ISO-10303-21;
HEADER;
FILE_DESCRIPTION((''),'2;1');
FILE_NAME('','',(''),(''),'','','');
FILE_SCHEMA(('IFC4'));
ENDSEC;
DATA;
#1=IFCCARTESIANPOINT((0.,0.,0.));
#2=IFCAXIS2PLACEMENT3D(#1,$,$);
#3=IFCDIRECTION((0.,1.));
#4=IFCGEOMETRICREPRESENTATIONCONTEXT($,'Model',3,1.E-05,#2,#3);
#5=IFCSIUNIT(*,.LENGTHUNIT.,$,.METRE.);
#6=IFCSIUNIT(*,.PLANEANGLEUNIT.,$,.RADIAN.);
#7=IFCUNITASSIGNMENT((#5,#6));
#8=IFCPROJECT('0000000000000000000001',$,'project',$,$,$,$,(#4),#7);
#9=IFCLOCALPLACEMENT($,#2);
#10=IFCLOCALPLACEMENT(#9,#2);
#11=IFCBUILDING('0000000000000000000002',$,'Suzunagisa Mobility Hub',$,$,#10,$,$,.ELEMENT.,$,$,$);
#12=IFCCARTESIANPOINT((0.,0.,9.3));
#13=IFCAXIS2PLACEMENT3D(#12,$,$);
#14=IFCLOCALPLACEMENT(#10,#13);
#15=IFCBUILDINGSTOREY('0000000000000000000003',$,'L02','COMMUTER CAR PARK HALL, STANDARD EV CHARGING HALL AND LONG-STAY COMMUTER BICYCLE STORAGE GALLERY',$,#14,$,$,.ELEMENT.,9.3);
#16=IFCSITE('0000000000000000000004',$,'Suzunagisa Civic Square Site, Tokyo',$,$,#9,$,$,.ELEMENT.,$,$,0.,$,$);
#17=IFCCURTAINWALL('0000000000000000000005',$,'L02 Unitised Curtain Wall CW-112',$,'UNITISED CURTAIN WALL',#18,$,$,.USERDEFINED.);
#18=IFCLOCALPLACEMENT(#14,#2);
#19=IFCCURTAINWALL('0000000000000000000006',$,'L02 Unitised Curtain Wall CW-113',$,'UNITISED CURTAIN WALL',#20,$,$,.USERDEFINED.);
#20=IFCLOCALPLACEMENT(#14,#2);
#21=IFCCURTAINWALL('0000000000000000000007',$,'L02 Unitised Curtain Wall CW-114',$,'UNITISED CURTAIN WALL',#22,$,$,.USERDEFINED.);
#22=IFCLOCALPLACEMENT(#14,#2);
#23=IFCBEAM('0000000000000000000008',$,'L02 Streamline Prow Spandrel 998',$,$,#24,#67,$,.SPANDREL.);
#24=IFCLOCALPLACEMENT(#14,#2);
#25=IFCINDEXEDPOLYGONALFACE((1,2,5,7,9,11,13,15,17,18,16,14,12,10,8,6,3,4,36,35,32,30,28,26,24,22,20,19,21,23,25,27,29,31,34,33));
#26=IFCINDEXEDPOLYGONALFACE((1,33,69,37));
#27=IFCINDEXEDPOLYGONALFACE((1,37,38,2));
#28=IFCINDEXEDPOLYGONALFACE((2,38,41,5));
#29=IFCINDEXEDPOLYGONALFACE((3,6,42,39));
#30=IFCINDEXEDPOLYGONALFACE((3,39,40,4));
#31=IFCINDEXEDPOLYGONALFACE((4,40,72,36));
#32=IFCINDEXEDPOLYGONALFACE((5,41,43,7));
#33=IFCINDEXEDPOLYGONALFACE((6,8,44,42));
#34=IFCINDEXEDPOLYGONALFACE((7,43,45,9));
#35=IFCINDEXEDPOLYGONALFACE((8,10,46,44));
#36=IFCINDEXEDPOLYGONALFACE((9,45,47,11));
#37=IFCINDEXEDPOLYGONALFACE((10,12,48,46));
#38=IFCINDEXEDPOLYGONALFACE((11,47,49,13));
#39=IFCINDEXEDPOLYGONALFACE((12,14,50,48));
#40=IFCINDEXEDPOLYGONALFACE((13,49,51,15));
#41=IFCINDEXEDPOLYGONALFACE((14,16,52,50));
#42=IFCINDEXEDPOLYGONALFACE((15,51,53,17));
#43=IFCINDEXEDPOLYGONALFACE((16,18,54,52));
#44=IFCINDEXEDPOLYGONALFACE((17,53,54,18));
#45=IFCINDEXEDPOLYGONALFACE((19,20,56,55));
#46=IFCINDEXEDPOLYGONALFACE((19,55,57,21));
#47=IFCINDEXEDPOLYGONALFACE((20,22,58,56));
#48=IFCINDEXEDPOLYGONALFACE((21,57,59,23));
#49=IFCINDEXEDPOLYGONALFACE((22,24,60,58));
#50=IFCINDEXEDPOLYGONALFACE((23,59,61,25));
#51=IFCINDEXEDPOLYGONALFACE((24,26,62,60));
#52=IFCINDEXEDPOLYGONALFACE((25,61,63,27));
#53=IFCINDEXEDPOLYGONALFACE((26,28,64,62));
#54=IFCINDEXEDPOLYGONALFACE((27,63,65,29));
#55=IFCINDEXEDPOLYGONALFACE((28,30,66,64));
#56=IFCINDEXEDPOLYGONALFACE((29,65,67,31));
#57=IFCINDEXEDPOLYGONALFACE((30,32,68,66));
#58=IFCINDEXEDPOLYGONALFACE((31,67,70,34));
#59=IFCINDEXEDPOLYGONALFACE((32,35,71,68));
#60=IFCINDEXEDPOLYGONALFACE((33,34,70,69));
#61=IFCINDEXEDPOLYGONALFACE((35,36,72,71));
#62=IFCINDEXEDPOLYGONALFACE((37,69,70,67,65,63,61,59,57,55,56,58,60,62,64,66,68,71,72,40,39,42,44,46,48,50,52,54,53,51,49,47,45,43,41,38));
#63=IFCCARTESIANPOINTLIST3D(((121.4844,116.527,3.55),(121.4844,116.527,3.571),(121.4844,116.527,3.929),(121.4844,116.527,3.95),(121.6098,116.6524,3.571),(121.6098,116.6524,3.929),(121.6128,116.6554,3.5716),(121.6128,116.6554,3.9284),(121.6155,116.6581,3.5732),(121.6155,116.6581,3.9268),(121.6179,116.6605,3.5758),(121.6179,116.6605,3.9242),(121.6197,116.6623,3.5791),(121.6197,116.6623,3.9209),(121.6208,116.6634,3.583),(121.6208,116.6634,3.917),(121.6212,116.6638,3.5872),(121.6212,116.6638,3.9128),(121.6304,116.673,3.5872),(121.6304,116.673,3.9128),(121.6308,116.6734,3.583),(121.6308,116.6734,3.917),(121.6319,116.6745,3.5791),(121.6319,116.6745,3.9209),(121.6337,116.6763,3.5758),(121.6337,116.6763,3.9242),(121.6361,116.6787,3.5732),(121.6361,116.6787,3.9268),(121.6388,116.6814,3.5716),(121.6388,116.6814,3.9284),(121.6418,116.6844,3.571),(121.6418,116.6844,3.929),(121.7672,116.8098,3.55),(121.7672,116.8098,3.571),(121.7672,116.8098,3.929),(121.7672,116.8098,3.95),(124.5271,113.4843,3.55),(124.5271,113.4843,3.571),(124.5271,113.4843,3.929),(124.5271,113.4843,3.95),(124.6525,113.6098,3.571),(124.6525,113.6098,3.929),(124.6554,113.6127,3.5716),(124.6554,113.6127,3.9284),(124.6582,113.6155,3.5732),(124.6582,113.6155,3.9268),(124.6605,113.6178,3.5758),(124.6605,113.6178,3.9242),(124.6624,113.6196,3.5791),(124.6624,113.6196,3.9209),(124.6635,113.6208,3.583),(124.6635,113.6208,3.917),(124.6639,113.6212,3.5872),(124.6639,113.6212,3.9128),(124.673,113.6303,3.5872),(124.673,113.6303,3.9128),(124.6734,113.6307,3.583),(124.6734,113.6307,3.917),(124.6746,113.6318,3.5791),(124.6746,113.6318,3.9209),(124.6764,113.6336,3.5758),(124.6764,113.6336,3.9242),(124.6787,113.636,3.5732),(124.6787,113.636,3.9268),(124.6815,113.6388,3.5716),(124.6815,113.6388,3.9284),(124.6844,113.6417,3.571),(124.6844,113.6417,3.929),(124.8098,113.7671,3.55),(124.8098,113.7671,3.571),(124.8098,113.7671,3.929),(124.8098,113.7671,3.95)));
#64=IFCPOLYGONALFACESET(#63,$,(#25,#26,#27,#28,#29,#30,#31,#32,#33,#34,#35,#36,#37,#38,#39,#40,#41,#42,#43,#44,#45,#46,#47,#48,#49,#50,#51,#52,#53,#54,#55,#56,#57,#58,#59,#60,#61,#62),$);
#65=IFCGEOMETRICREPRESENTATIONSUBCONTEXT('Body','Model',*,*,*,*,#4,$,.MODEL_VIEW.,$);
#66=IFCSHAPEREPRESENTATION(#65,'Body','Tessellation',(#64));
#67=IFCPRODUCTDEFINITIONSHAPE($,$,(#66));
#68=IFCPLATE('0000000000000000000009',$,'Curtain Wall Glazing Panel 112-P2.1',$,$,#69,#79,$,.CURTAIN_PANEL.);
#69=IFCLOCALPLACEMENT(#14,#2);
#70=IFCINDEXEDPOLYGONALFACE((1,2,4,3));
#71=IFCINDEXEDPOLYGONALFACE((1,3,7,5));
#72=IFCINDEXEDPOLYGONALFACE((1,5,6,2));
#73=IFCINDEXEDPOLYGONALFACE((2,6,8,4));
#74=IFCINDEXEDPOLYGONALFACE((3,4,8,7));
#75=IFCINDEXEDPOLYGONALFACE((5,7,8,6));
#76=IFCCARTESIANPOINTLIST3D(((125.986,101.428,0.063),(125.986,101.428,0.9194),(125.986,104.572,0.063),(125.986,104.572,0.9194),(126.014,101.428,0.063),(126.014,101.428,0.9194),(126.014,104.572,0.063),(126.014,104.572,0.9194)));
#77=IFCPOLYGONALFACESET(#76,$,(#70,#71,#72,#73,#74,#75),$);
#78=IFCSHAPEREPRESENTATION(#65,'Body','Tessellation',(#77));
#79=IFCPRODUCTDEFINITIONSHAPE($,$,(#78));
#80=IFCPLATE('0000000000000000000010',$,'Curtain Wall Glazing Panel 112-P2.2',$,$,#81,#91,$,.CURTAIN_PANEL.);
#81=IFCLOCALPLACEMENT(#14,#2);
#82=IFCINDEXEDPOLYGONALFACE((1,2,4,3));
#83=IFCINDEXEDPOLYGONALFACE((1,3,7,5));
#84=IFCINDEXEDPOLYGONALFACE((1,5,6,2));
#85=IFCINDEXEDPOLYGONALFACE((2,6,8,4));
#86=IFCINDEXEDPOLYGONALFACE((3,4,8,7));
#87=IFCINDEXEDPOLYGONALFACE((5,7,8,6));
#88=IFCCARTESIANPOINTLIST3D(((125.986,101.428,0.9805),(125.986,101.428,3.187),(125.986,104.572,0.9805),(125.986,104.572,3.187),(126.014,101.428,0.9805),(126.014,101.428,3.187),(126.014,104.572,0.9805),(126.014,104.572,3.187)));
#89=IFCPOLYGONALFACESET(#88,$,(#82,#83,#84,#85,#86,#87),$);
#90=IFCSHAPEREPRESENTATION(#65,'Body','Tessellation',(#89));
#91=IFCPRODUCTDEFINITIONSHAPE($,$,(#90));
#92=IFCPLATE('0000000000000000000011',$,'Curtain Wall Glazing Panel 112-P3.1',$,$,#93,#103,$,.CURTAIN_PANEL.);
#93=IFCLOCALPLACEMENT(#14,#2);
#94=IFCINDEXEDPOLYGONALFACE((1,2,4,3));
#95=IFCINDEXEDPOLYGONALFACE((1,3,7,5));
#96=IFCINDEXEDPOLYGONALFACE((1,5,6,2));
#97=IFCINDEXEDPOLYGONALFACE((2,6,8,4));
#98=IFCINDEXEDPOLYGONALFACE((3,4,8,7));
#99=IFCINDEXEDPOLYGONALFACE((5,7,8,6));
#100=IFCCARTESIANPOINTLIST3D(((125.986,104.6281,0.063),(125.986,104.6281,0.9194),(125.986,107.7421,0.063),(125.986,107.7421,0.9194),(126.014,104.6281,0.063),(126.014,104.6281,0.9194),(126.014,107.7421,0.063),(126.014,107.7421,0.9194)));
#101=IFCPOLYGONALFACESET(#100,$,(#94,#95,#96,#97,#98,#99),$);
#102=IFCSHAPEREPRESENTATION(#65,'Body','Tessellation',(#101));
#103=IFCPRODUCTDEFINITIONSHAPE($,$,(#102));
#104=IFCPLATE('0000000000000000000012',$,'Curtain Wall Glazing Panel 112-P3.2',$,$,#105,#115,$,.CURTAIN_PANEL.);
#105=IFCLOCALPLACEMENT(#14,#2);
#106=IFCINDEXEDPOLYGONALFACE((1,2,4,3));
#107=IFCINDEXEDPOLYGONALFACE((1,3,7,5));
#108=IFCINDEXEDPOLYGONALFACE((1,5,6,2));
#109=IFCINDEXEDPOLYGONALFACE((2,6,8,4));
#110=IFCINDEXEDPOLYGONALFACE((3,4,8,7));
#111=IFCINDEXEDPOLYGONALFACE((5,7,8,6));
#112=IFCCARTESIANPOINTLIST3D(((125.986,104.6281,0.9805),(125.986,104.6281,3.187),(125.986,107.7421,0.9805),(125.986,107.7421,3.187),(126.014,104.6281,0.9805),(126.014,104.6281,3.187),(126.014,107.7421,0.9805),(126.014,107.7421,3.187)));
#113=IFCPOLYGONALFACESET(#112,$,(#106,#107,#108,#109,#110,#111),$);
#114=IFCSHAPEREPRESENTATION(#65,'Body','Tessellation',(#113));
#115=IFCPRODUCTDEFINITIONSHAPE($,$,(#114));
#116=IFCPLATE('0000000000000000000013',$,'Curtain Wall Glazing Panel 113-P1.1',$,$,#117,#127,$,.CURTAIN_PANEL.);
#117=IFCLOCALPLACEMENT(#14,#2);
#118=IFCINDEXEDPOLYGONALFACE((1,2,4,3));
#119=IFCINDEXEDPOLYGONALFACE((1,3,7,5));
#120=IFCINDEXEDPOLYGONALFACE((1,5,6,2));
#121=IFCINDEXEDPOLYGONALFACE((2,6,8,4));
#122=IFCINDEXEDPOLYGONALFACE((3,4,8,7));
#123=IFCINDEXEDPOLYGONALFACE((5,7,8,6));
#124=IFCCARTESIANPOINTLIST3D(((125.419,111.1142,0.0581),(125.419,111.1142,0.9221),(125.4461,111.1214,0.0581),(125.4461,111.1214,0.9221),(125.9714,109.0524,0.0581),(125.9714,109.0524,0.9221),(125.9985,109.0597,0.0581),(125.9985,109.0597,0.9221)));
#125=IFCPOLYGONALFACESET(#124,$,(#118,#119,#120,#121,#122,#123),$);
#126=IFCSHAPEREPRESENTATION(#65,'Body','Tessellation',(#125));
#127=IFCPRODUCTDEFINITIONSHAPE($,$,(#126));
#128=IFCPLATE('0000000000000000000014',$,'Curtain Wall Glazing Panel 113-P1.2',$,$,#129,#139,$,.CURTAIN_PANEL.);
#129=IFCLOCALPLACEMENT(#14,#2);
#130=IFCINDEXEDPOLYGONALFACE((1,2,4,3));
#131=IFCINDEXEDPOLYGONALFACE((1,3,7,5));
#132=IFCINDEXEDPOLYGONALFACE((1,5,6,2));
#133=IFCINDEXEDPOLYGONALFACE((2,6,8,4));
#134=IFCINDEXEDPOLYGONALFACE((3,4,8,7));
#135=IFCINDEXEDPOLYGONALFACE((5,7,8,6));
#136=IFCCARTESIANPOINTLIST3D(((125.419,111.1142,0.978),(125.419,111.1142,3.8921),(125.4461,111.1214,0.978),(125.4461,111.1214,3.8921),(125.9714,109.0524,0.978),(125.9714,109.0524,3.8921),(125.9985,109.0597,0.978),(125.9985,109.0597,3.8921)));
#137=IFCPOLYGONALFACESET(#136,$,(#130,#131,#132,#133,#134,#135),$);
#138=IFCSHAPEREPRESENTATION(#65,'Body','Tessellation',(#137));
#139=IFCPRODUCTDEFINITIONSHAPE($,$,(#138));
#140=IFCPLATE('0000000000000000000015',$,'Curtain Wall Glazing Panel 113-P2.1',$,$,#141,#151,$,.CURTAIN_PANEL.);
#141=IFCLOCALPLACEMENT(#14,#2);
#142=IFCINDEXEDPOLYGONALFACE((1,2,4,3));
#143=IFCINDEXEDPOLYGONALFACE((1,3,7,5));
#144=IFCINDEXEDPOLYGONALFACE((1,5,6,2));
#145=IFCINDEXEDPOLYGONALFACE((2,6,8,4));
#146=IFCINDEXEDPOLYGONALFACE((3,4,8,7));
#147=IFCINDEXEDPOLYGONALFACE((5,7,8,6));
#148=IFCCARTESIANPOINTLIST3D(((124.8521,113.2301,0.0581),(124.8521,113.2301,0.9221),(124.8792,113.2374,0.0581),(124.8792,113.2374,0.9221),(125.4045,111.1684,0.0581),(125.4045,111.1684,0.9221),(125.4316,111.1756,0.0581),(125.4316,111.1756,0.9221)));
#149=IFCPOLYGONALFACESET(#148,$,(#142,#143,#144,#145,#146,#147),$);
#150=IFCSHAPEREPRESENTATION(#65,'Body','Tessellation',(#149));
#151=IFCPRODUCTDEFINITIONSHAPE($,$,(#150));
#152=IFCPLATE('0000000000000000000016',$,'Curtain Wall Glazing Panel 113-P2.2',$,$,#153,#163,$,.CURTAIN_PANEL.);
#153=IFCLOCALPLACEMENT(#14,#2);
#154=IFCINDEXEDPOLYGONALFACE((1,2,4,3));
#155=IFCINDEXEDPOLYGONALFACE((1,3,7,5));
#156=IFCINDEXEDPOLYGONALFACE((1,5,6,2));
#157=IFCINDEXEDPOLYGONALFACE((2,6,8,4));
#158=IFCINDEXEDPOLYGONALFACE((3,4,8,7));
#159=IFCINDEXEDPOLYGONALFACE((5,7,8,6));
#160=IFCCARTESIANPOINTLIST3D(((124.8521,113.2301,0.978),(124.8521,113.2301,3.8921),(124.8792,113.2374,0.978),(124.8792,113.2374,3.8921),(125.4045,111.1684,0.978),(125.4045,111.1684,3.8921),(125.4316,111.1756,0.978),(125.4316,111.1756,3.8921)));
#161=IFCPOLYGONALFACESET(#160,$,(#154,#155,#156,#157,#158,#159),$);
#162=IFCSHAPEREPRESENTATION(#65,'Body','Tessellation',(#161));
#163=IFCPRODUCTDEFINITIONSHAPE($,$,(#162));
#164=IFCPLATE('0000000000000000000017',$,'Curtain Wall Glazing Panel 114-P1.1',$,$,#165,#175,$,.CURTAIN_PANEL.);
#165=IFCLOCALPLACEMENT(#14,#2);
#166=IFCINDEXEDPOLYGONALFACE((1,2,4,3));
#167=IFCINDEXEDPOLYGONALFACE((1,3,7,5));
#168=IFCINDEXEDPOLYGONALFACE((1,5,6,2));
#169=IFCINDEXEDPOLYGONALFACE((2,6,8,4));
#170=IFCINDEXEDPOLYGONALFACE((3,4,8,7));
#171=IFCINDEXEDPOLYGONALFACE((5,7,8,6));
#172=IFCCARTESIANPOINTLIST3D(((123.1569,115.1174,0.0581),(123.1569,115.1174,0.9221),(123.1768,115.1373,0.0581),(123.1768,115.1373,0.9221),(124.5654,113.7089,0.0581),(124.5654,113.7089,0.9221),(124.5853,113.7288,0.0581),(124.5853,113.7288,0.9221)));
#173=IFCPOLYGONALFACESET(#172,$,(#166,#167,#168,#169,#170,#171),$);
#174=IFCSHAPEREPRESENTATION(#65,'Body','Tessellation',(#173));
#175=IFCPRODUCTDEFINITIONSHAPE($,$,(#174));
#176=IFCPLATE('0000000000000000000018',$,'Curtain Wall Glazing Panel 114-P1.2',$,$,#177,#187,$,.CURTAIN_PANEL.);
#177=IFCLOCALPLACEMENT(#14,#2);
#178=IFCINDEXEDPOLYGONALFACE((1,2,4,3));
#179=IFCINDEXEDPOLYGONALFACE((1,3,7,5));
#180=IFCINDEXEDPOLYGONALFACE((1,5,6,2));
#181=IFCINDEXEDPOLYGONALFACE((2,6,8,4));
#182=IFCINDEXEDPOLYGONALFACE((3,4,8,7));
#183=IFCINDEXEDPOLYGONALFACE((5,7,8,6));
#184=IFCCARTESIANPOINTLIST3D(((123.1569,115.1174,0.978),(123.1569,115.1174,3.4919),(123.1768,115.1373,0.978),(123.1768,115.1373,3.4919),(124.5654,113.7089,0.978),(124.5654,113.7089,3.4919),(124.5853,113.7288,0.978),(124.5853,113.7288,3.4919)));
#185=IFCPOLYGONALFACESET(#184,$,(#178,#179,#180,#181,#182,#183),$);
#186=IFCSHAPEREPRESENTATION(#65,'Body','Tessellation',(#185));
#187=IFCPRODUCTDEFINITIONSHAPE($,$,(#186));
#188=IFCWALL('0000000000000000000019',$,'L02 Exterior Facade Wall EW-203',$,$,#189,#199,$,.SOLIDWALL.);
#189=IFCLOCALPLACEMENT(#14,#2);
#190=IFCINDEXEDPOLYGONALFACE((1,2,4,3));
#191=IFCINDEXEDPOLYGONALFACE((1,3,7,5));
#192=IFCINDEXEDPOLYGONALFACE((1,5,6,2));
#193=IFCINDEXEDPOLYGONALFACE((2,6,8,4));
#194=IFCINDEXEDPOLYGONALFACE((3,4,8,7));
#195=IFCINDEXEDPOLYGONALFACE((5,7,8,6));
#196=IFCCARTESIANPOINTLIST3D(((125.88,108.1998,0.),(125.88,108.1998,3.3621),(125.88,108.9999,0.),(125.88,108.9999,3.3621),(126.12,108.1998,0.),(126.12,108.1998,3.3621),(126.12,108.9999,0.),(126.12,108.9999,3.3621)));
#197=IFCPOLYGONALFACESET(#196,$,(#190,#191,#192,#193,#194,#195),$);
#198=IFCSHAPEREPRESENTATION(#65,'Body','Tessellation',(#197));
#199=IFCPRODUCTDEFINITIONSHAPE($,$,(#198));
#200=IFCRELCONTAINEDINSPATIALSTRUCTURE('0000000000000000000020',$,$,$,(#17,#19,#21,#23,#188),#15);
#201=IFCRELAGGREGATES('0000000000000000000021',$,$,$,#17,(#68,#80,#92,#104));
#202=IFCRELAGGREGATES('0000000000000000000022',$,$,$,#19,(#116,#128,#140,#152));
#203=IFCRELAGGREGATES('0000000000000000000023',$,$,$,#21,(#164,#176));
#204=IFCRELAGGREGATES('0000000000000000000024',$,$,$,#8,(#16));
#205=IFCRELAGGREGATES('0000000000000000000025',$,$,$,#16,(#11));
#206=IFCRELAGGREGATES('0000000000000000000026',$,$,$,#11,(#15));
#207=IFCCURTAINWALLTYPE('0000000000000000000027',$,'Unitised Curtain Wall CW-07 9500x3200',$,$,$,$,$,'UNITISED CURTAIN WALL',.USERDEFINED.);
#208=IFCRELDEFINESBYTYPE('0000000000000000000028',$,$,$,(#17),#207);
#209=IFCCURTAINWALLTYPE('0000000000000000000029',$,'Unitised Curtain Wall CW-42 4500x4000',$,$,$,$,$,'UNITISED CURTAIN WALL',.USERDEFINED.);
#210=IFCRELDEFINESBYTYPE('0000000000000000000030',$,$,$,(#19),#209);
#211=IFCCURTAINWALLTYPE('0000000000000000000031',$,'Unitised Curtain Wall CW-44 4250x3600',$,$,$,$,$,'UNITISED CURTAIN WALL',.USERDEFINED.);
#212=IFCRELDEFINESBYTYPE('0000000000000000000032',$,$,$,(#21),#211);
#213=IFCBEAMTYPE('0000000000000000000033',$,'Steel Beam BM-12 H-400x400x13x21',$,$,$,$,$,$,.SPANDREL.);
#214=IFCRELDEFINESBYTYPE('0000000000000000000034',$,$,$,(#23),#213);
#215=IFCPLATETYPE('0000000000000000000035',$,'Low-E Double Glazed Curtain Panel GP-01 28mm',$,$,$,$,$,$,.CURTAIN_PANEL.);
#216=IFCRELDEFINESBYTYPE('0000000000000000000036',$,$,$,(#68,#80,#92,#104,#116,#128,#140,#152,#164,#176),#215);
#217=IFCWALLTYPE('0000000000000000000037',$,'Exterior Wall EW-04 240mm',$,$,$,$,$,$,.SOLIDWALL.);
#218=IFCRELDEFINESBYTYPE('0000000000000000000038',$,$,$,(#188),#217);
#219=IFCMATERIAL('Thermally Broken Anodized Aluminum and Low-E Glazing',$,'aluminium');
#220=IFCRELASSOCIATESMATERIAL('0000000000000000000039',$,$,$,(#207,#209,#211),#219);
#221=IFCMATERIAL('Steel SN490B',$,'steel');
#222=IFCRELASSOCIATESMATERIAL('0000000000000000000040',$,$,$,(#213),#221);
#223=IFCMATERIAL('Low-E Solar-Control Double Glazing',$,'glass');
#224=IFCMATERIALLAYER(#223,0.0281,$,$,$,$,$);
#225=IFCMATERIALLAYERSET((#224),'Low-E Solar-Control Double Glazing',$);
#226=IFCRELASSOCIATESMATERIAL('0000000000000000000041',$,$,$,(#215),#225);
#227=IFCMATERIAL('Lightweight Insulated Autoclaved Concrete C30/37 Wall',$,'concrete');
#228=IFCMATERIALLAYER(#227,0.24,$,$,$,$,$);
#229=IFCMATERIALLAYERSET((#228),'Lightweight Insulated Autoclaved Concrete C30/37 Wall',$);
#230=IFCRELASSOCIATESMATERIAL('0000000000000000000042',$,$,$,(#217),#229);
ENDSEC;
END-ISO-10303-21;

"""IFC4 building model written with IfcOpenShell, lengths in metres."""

from ifc_helpers import new_model, si_unit, direction, frame, frame_2d, origin, origin_2d, place, context, subcontext, project, spatial, rectangle, i_section, extrude, material, layer, layer_set, material_profile, profile_set, type_object, element, aggregate, save


model = new_model("IFC4")

# Units and contexts
model_context = context("Model", 3, precision=1e-05, world=origin(), true_north=direction((0.0, 1.0)))
body_context = subcontext(model_context, "Body", "Model", "MODEL_VIEW")
ifc_project = project(units=[si_unit("LENGTHUNIT", "METRE"), si_unit("PLANEANGLEUNIT", "RADIAN")], contexts=[model_context])

# Site, building, storey
site_placement = place(None, origin())
site = spatial("IfcSite", under=ifc_project, at=site_placement, Name="Suzunagisa Civic Square Site, Tokyo", CompositionType="ELEMENT", RefElevation=0.0)
building_placement = place(site_placement, origin())
building = spatial("IfcBuilding", under=site, at=building_placement, Name="Suzunagisa Mobility Hub", CompositionType="ELEMENT")
storey_placement = place(building_placement, frame((0.0, 0.0, 9.3)))
storey = spatial("IfcBuildingStorey", under=building, at=storey_placement, Name="L02", Description="COMMUTER CAR PARK HALL, STANDARD EV CHARGING HALL AND LONG-STAY COMMUTER BICYCLE STORAGE GALLERY", CompositionType="ELEMENT", Elevation=9.3)

# Shared definitions
ifc_material_1 = material(Name="Steel SN490B", Category="steel")

# Curtain walls
ifc_material_2 = material(Name="Thermally Broken Anodized Aluminum and Low-E Glazing", Category="aluminium")
curtain_wall_type_1 = type_object("IfcCurtainWallType", Name="Unitised Curtain Wall CW-07 9500x3200", ElementType="UNITISED CURTAIN WALL", PredefinedType="USERDEFINED", material=ifc_material_2)
curtain_wall_1_placement = place(storey_placement, origin())
curtain_wall_1 = element("IfcCurtainWall", 1, at=curtain_wall_1_placement, inside=storey, type_object=curtain_wall_type_1, Name="L02 Unitised Curtain Wall CW-112", ObjectType="UNITISED CURTAIN WALL", PredefinedType="USERDEFINED")
curtain_wall_type_2 = type_object("IfcCurtainWallType", Name="Unitised Curtain Wall CW-42 4500x4000", ElementType="UNITISED CURTAIN WALL", PredefinedType="USERDEFINED", material=ifc_material_2)
curtain_wall_2_placement = place(storey_placement, origin())
curtain_wall_2 = element("IfcCurtainWall", 2, at=curtain_wall_2_placement, inside=storey, type_object=curtain_wall_type_2, Name="L02 Unitised Curtain Wall CW-113", ObjectType="UNITISED CURTAIN WALL", PredefinedType="USERDEFINED")
curtain_wall_type_3 = type_object("IfcCurtainWallType", Name="Unitised Curtain Wall CW-44 4250x3600", ElementType="UNITISED CURTAIN WALL", PredefinedType="USERDEFINED", material=ifc_material_2)
curtain_wall_3_placement = place(storey_placement, origin())
curtain_wall_3 = element("IfcCurtainWall", 3, at=curtain_wall_3_placement, inside=storey, type_object=curtain_wall_type_3, Name="L02 Unitised Curtain Wall CW-114", ObjectType="UNITISED CURTAIN WALL", PredefinedType="USERDEFINED")

# Beam
ifc_material_profile_1 = material_profile(ifc_material_1, i_section(OverallWidth=0.3999, OverallDepth=0.3999, WebThickness=0.0129, FlangeThickness=0.021, FilletRadius=0.0161, at=origin_2d()), Name="H-400x400x13x21")
ifc_profile_set_1 = profile_set([ifc_material_profile_1], Name="Steel SN490B")
beam_type = type_object("IfcBeamType", Name="Steel Beam BM-12 H-400x400x13x21", PredefinedType="SPANDREL", material=ifc_profile_set_1)
beam_placement = place(storey_placement, frame((124.6685, 113.6257, 3.75), z_axis=(-0.707107, 0.707107, 0.0), x_axis=(-0.707107, -0.707107, 0.0)))
element("IfcBeam", 4, at=beam_placement, inside=storey, type_object=beam_type, Name="L02 Streamline Prow Spandrel 998", PredefinedType="SPANDREL", context=body_context, shape_type="SweptSolid", body=[
    extrude(i_section(OverallWidth=0.3999, OverallDepth=0.3999, WebThickness=0.0129, FlangeThickness=0.021, FilletRadius=0.0161, at=origin_2d()), origin(), (0.0, 0.0, 1.0), 4.303),
])

# Plates
ifc_material_3 = material(Name="Low-E Solar-Control Double Glazing", Category="glass")
ifc_layer_1 = layer(ifc_material_3, 0.0281)
ifc_layer_set_1 = layer_set([ifc_layer_1], Name="Low-E Solar-Control Double Glazing")
plate_type = type_object("IfcPlateType", Name="Low-E Double Glazed Curtain Panel GP-01 28mm", PredefinedType="CURTAIN_PANEL", material=ifc_layer_set_1)
plate_1_placement = place(storey_placement, frame((126.0, 103.0, 0.063), z_axis=(0.0, 0.0, 1.0), x_axis=(0.0, 1.0, 0.0)))
plate_1 = element("IfcPlate", 5, at=plate_1_placement, type_object=plate_type, Name="Curtain Wall Glazing Panel 112-P2.1", PredefinedType="CURTAIN_PANEL", context=body_context, shape_type="SweptSolid", body=[
    extrude(rectangle(XDim=3.144, YDim=0.0281, at=origin_2d()), origin(), (0.0, 0.0, 1.0), 0.8564),
])
plate_2_placement = place(storey_placement, frame((126.0, 103.0, 0.9805), z_axis=(0.0, 0.0, 1.0), x_axis=(0.0, 1.0, 0.0)))
plate_2 = element("IfcPlate", 6, at=plate_2_placement, type_object=plate_type, Name="Curtain Wall Glazing Panel 112-P2.2", PredefinedType="CURTAIN_PANEL", context=body_context, shape_type="SweptSolid", body=[
    extrude(rectangle(XDim=3.144, YDim=0.0281, at=origin_2d()), origin(), (0.0, 0.0, 1.0), 2.2065),
])
plate_3_placement = place(storey_placement, frame((126.0, 106.1851, 0.063), z_axis=(0.0, 0.0, 1.0), x_axis=(0.0, 1.0, 0.0)))
plate_3 = element("IfcPlate", 7, at=plate_3_placement, type_object=plate_type, Name="Curtain Wall Glazing Panel 112-P3.1", PredefinedType="CURTAIN_PANEL", context=body_context, shape_type="SweptSolid", body=[
    extrude(rectangle(XDim=3.114, YDim=0.0281, at=origin_2d()), origin(), (0.0, 0.0, 1.0), 0.8564),
])
plate_4_placement = place(storey_placement, frame((126.0, 106.1851, 0.9805), z_axis=(0.0, 0.0, 1.0), x_axis=(0.0, 1.0, 0.0)))
plate_4 = element("IfcPlate", 8, at=plate_4_placement, type_object=plate_type, Name="Curtain Wall Glazing Panel 112-P3.2", PredefinedType="CURTAIN_PANEL", context=body_context, shape_type="SweptSolid", body=[
    extrude(rectangle(XDim=3.114, YDim=0.0281, at=origin_2d()), origin(), (0.0, 0.0, 1.0), 2.2065),
])
aggregate(curtain_wall_1, [plate_1, plate_2, plate_3, plate_4])
plate_5_placement = place(storey_placement, frame((125.7087, 110.0869, 0.0581), z_axis=(0.0, 0.0, 1.0), x_axis=(-0.258814, 0.965927, 0.0)))
plate_5 = element("IfcPlate", 9, at=plate_5_placement, type_object=plate_type, Name="Curtain Wall Glazing Panel 113-P1.1", PredefinedType="CURTAIN_PANEL", context=body_context, shape_type="SweptSolid", body=[
    extrude(rectangle(XDim=2.1345, YDim=0.0281, at=origin_2d()), origin(), (0.0, 0.0, 1.0), 0.864),
])
plate_6_placement = place(storey_placement, frame((125.7087, 110.0869, 0.978), z_axis=(0.0, 0.0, 1.0), x_axis=(-0.258814, 0.965927, 0.0)))
plate_6 = element("IfcPlate", 10, at=plate_6_placement, type_object=plate_type, Name="Curtain Wall Glazing Panel 113-P1.2", PredefinedType="CURTAIN_PANEL", context=body_context, shape_type="SweptSolid", body=[
    extrude(rectangle(XDim=2.1345, YDim=0.0281, at=origin_2d()), origin(), (0.0, 0.0, 1.0), 2.9141),
])
plate_7_placement = place(storey_placement, frame((125.1418, 112.2029, 0.0581), z_axis=(0.0, 0.0, 1.0), x_axis=(-0.258814, 0.965927, 0.0)))
plate_7 = element("IfcPlate", 11, at=plate_7_placement, type_object=plate_type, Name="Curtain Wall Glazing Panel 113-P2.1", PredefinedType="CURTAIN_PANEL", context=body_context, shape_type="SweptSolid", body=[
    extrude(rectangle(XDim=2.1345, YDim=0.0281, at=origin_2d()), origin(), (0.0, 0.0, 1.0), 0.864),
])
plate_8_placement = place(storey_placement, frame((125.1418, 112.2029, 0.978), z_axis=(0.0, 0.0, 1.0), x_axis=(-0.258814, 0.965927, 0.0)))
plate_8 = element("IfcPlate", 12, at=plate_8_placement, type_object=plate_type, Name="Curtain Wall Glazing Panel 113-P2.2", PredefinedType="CURTAIN_PANEL", context=body_context, shape_type="SweptSolid", body=[
    extrude(rectangle(XDim=2.1345, YDim=0.0281, at=origin_2d()), origin(), (0.0, 0.0, 1.0), 2.9141),
])
aggregate(curtain_wall_2, [plate_5, plate_6, plate_7, plate_8])
plate_9_placement = place(storey_placement, frame((123.8711, 114.4231, 0.0581), z_axis=(0.0, 0.0, 1.0), x_axis=(-0.707107, 0.707107, 0.0)))
plate_9 = element("IfcPlate", 13, at=plate_9_placement, type_object=plate_type, Name="Curtain Wall Glazing Panel 114-P1.1", PredefinedType="CURTAIN_PANEL", context=body_context, shape_type="SweptSolid", body=[
    extrude(rectangle(XDim=1.9919, YDim=0.0281, at=origin_2d()), origin(), (0.0, 0.0, 1.0), 0.864),
])
plate_10_placement = place(storey_placement, frame((123.8711, 114.4231, 0.978), z_axis=(0.0, 0.0, 1.0), x_axis=(-0.707107, 0.707107, 0.0)))
plate_10 = element("IfcPlate", 14, at=plate_10_placement, type_object=plate_type, Name="Curtain Wall Glazing Panel 114-P1.2", PredefinedType="CURTAIN_PANEL", context=body_context, shape_type="SweptSolid", body=[
    extrude(rectangle(XDim=1.9919, YDim=0.0281, at=origin_2d()), origin(), (0.0, 0.0, 1.0), 2.5139),
])
aggregate(curtain_wall_3, [plate_9, plate_10])

# Wall
ifc_material_4 = material(Name="Lightweight Insulated Autoclaved Concrete C30/37 Wall", Category="concrete")
ifc_layer_2 = layer(ifc_material_4, 0.24)
ifc_layer_set_2 = layer_set([ifc_layer_2], Name="Lightweight Insulated Autoclaved Concrete C30/37 Wall")
wall_type = type_object("IfcWallType", Name="Exterior Wall EW-04 240mm", PredefinedType="SOLIDWALL", material=ifc_layer_set_2)
wall_placement = place(storey_placement, frame((126.0, 108.2, 0.0), z_axis=(0.0, 0.0, 1.0), x_axis=(0.0, 1.0, 0.0)))
element("IfcWall", 15, at=wall_placement, inside=storey, type_object=wall_type, Name="L02 Exterior Facade Wall EW-203", PredefinedType="SOLIDWALL", context=body_context, shape_type="SweptSolid", body=[
    extrude(rectangle(XDim=0.8, YDim=0.24, at=frame_2d((0.3999, 0.0))), origin(), (0.0, 0.0, 1.0), 3.3621),
])

save(model, "model.ifc")
